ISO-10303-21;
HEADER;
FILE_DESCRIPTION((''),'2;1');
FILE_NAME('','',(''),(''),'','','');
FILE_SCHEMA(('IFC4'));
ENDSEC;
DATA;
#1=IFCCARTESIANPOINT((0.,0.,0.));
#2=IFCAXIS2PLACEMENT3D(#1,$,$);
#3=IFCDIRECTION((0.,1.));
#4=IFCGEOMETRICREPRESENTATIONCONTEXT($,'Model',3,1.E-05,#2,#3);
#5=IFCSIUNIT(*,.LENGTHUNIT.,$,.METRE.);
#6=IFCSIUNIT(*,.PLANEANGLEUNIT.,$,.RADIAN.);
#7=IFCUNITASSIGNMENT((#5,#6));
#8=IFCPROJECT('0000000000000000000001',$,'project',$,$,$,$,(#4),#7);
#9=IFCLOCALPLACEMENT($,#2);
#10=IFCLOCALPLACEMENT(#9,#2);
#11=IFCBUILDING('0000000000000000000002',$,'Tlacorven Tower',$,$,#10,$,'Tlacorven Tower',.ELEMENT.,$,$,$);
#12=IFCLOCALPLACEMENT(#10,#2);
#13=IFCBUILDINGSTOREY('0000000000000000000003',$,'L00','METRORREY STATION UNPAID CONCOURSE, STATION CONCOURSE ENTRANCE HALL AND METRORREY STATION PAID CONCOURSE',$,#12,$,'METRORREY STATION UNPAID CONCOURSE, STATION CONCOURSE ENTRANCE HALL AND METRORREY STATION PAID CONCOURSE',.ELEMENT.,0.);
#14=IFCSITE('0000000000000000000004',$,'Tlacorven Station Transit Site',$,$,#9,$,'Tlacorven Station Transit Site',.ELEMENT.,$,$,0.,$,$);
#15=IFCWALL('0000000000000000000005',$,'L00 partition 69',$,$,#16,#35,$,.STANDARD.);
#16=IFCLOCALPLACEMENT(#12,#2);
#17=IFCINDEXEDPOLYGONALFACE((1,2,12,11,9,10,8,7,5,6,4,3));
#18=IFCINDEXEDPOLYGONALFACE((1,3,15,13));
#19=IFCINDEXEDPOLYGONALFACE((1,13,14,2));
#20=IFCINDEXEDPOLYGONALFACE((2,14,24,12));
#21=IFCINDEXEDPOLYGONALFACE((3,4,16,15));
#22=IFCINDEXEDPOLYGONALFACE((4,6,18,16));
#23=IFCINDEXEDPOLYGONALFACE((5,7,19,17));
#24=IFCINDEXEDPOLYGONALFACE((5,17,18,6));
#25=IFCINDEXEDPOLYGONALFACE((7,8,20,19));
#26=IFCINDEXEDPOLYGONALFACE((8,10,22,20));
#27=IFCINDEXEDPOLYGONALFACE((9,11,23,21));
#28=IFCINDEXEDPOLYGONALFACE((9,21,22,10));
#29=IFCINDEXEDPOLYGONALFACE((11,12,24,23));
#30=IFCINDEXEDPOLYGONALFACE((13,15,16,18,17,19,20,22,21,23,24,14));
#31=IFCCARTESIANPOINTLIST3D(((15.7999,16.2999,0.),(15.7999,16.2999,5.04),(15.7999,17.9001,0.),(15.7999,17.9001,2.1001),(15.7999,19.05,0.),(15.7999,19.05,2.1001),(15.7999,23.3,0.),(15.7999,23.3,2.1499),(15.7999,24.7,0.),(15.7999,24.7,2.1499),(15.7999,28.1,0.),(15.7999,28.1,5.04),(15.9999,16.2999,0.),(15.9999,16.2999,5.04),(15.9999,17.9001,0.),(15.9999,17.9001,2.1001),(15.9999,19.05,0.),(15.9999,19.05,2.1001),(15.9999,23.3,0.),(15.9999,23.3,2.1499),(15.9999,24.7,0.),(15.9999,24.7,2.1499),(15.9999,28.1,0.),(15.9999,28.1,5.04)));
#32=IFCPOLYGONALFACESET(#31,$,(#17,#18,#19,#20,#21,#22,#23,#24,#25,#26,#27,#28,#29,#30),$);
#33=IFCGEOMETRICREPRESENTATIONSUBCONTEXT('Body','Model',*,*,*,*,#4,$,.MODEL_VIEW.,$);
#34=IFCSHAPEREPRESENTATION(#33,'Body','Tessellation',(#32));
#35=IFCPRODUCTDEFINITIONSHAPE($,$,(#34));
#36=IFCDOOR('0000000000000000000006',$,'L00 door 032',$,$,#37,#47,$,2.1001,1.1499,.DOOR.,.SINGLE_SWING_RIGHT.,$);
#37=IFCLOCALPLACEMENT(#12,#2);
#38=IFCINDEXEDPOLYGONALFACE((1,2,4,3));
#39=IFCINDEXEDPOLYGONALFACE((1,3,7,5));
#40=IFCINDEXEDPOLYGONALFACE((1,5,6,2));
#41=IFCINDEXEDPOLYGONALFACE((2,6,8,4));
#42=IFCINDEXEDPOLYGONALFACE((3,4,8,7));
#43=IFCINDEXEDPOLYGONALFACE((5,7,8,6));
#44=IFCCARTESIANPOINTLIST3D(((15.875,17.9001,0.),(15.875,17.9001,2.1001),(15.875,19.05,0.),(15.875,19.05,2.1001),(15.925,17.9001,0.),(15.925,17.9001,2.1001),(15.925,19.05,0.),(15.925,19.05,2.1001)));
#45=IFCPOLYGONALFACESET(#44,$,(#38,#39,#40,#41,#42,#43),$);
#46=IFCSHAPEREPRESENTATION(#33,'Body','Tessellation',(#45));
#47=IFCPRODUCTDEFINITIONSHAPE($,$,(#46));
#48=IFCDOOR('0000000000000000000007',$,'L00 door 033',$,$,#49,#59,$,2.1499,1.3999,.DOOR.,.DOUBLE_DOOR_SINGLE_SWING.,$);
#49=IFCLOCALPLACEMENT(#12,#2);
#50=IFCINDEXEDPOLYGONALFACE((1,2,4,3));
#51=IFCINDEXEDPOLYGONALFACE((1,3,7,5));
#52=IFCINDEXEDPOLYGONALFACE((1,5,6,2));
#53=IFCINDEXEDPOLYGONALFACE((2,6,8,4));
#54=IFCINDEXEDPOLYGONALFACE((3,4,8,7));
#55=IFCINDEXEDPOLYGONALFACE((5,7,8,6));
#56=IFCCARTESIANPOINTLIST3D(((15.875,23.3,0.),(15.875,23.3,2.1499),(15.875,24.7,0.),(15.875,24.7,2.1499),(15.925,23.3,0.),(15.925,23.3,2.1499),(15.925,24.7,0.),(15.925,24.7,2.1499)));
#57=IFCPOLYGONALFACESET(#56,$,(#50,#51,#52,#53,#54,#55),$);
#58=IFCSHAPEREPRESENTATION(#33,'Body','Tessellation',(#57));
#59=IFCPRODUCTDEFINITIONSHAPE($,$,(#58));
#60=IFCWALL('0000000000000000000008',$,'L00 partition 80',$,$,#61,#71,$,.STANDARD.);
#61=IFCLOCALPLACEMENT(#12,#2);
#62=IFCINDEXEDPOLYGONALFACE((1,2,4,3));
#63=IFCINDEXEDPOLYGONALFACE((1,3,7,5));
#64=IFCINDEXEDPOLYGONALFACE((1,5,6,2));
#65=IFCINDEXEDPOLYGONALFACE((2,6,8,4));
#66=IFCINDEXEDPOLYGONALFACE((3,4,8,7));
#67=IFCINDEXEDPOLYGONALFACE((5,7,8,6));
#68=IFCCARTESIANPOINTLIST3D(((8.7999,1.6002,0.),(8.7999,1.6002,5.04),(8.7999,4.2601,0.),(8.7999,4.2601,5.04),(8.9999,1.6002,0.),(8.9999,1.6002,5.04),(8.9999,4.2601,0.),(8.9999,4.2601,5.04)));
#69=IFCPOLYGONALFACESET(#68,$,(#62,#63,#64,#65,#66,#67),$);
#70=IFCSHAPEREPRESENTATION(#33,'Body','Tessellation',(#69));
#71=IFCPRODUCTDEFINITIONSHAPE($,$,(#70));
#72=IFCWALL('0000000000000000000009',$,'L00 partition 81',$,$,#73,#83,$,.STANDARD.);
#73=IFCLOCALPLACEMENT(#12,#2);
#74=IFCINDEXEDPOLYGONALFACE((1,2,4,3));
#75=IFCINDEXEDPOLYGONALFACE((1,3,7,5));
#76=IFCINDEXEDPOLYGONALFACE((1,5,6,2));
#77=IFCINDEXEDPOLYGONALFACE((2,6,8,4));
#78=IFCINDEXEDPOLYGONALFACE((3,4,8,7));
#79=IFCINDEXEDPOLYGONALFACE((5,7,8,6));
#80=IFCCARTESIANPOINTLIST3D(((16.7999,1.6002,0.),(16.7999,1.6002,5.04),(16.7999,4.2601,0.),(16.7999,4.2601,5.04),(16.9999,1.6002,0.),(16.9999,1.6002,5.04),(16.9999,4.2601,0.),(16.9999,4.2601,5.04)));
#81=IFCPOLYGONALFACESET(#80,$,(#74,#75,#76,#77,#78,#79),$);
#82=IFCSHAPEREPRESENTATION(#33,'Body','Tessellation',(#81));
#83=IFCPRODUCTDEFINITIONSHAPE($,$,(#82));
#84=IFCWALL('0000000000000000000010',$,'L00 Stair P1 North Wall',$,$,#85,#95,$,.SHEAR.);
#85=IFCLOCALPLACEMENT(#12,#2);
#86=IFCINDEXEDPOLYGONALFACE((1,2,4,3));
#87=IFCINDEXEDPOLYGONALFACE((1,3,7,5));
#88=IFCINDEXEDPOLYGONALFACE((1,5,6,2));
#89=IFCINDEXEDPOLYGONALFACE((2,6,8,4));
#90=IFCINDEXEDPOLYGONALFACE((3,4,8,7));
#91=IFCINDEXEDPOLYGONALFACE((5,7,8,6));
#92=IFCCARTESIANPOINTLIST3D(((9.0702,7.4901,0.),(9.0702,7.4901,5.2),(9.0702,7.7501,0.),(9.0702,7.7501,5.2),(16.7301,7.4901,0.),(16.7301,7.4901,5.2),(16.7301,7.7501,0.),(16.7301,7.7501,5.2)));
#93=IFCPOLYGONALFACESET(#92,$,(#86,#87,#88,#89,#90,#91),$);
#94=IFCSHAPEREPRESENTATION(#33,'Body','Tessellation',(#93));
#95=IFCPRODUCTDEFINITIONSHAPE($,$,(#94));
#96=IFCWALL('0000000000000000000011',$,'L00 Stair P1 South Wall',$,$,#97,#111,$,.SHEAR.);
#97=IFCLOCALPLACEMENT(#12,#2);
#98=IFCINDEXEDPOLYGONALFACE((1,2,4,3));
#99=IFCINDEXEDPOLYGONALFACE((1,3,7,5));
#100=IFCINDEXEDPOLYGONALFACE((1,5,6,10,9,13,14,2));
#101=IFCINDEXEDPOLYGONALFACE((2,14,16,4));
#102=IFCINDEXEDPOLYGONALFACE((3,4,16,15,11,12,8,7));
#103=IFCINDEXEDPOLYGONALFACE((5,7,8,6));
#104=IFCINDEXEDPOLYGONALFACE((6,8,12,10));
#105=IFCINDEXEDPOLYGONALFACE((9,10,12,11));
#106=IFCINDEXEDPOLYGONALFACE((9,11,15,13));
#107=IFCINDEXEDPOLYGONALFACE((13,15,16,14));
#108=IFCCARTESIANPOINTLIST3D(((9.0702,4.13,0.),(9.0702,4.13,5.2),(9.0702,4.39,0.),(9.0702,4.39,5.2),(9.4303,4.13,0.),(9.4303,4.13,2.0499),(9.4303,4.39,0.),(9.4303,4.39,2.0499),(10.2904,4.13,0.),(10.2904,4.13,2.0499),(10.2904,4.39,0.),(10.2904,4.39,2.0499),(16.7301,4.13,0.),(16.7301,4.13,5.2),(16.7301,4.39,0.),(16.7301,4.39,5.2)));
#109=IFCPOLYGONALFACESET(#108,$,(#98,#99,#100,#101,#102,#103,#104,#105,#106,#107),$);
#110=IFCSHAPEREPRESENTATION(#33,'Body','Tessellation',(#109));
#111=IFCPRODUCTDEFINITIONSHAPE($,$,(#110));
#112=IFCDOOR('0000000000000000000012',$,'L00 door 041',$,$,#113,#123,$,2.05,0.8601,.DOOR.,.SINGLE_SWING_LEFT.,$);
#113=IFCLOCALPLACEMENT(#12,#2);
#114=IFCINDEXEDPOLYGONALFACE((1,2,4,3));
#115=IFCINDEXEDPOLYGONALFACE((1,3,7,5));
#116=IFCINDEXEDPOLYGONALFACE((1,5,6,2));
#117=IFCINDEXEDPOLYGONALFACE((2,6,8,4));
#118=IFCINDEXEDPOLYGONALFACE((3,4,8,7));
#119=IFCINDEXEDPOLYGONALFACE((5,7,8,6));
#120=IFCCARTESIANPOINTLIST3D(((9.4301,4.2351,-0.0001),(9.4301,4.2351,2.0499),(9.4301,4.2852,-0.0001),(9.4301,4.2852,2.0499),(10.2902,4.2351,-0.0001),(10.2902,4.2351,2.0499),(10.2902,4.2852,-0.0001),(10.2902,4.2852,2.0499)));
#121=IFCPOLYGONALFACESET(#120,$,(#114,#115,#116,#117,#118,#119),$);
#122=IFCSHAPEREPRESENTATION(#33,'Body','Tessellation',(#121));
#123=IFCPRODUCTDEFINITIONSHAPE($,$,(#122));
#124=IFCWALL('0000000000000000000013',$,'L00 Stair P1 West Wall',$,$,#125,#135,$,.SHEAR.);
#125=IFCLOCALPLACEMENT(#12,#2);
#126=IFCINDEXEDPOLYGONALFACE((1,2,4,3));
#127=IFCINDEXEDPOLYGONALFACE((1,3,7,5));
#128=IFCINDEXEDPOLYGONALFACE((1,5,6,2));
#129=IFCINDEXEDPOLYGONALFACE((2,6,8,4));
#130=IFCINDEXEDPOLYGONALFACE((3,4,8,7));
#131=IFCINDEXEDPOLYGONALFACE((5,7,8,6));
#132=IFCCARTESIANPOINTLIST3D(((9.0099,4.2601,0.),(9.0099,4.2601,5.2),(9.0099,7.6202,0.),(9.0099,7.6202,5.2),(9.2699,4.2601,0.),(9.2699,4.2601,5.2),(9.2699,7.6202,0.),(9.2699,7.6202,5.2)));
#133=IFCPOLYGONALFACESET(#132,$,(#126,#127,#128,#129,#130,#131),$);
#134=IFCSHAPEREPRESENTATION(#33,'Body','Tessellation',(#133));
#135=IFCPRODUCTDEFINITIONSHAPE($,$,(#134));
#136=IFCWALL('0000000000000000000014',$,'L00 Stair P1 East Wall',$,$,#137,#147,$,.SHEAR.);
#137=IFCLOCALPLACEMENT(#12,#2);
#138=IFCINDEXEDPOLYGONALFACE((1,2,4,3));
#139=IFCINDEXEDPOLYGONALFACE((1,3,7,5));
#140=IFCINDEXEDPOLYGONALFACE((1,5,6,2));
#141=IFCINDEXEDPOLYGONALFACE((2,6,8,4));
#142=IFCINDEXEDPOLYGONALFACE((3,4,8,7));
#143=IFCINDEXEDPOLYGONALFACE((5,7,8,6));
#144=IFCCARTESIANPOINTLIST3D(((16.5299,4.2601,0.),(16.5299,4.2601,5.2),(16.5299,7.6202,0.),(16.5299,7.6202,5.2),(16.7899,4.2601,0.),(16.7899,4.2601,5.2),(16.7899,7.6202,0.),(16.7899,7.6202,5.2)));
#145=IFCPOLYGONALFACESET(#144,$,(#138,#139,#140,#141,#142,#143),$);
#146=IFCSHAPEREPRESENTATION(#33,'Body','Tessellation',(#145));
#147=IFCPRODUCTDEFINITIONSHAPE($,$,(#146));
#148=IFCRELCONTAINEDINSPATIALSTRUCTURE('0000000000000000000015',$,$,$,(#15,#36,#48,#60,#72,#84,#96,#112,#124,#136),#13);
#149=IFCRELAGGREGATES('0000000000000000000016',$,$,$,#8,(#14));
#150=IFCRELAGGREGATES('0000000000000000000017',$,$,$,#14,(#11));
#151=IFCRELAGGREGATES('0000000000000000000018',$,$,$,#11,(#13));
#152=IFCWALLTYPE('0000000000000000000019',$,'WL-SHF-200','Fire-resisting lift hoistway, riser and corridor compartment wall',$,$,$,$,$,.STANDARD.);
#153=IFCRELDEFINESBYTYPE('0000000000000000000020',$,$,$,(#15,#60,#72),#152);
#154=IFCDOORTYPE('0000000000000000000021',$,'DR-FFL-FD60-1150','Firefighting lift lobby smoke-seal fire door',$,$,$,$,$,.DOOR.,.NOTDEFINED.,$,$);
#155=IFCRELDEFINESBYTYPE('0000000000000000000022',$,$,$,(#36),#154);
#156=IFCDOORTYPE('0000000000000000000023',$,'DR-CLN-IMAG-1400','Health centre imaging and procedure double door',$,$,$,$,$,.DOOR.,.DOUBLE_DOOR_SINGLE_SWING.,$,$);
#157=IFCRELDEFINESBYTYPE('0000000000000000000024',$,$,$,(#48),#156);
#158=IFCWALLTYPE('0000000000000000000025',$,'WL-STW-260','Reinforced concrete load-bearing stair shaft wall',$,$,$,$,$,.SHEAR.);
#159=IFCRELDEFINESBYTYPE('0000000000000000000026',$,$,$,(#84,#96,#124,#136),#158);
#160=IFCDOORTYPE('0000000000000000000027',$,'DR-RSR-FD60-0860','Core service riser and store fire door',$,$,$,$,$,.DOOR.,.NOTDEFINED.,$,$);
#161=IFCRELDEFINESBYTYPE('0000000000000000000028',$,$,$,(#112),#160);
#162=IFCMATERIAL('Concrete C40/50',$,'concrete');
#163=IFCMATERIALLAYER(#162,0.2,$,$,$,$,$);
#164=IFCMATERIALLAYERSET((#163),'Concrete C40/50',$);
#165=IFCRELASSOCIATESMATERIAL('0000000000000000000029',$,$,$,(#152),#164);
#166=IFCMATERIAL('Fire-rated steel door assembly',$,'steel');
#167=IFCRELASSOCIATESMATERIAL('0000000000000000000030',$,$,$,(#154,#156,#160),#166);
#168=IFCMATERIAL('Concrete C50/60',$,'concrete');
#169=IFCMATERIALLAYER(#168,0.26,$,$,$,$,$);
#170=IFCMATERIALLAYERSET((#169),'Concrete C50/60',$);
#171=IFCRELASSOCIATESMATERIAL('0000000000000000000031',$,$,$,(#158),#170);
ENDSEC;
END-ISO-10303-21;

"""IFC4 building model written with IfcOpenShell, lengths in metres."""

from ifc_helpers import new_model, si_unit, direction, frame, frame_2d, origin, place, context, subcontext, project, spatial, rectangle, extrude, source, transform, mapped, material, layer, layer_set, type_object, element, fill, save


model = new_model("IFC4")

# Units and contexts
model_context = context("Model", 3, precision=1e-05, world=origin(), true_north=direction((0.0, 1.0)))
body_context = subcontext(model_context, "Body", "Model", "MODEL_VIEW")
ifc_project = project(units=[si_unit("LENGTHUNIT", "METRE"), si_unit("PLANEANGLEUNIT", "RADIAN")], contexts=[model_context])

# Site, building, storey
site_placement = place(None, origin())
site = spatial("IfcSite", under=ifc_project, at=site_placement, Name="Tlacorven Station Transit Site", LongName="Tlacorven Station Transit Site", CompositionType="ELEMENT", RefElevation=0.0)
building_placement = place(site_placement, origin())
building = spatial("IfcBuilding", under=site, at=building_placement, Name="Tlacorven Tower", LongName="Tlacorven Tower", CompositionType="ELEMENT")
storey_placement = place(building_placement, origin())
storey = spatial("IfcBuildingStorey", under=building, at=storey_placement, Name="L00", Description="METRORREY STATION UNPAID CONCOURSE, STATION CONCOURSE ENTRANCE HALL AND METRORREY STATION PAID CONCOURSE", LongName="METRORREY STATION UNPAID CONCOURSE, STATION CONCOURSE ENTRANCE HALL AND METRORREY STATION PAID CONCOURSE", CompositionType="ELEMENT", Elevation=0.0)

# Wall, openings, doors
ifc_material_1 = material(Name="Concrete C40/50", Category="concrete")
ifc_layer_1 = layer(ifc_material_1, 0.2)
ifc_layer_set_1 = layer_set([ifc_layer_1], Name="Concrete C40/50")
wall_type_1 = type_object("IfcWallType", Name="WL-SHF-200", Description="Fire-resisting lift hoistway, riser and corridor compartment wall", PredefinedType="STANDARD", material=ifc_layer_set_1)
wall_1_placement = place(storey_placement, frame((15.8999, 16.3, 0.0), z_axis=(0.0, 0.0, 1.0), x_axis=(0.0, 1.0, 0.0)))
wall_1 = element("IfcWall", 1, at=wall_1_placement, inside=storey, type_object=wall_type_1, Name="L00 partition 69", PredefinedType="STANDARD", context=body_context, shape_type="SweptSolid", body=[
    extrude(rectangle(XDim=11.8, YDim=0.2, at=frame_2d((5.8999, 0.0))), origin(), (0.0, 0.0, 1.0), 5.04),
])
opening_1_placement = place(wall_1_placement, frame((1.6001, 0.0, 0.0)))
opening_1 = element("IfcOpeningElement", 2, at=opening_1_placement, cuts=wall_1, PredefinedType="OPENING", context=body_context, shape_type="SweptSolid", body=[
    extrude(rectangle(XDim=1.1499, YDim=2.1001, at=frame_2d((0.575, 1.05))), frame((0.0, 0.1099, 0.0), z_axis=(0.0, -1.0, 0.0), x_axis=(1.0, 0.0, 0.0)), (0.0, 0.0, 1.0), 0.22),
])
opening_2_placement = place(wall_1_placement, frame((7.0, 0.0, 0.0)))
opening_2 = element("IfcOpeningElement", 3, at=opening_2_placement, cuts=wall_1, PredefinedType="OPENING", context=body_context, shape_type="SweptSolid", body=[
    extrude(rectangle(XDim=1.3999, YDim=2.1499, at=frame_2d((0.7, 1.075))), frame((0.0, 0.1099, 0.0), z_axis=(0.0, -1.0, 0.0), x_axis=(1.0, 0.0, 0.0)), (0.0, 0.0, 1.0), 0.22),
])
ifc_material_2 = material(Name="Fire-rated steel door assembly", Category="steel")
door_type_1 = type_object("IfcDoorType", Name="DR-FFL-FD60-1150", Description="Firefighting lift lobby smoke-seal fire door", OperationType="NOTDEFINED", PredefinedType="DOOR", material=ifc_material_2)
shared_shape_1 = source(origin(), body_context, "Body", "SweptSolid", [
    extrude(rectangle(XDim=1.1499, YDim=2.1001, at=frame_2d((0.575, 1.05))), frame((0.0, 0.0249, 0.0), z_axis=(0.0, -1.0, 0.0), x_axis=(1.0, 0.0, 0.0)), (0.0, 0.0, 1.0), 0.05),
])
door_1_placement = place(opening_1_placement, origin())
door_1 = element("IfcDoor", 4, at=door_1_placement, inside=storey, type_object=door_type_1, Name="L00 door 032", OperationType="SINGLE_SWING_RIGHT", OverallHeight=2.1001, OverallWidth=1.1499, PredefinedType="DOOR", context=body_context, shape_type="MappedRepresentation", body=[
    mapped(shared_shape_1, transform((0.0, 0.0, 0.0), scale=1.0)),
])
fill(opening_1, door_1)
door_type_2 = type_object("IfcDoorType", Name="DR-CLN-IMAG-1400", Description="Health centre imaging and procedure double door", OperationType="DOUBLE_DOOR_SINGLE_SWING", PredefinedType="DOOR", material=ifc_material_2)
shared_shape_2 = source(origin(), body_context, "Body", "SweptSolid", [
    extrude(rectangle(XDim=1.3999, YDim=2.1499, at=frame_2d((0.7, 1.075))), frame((0.0, 0.0249, 0.0), z_axis=(0.0, -1.0, 0.0), x_axis=(1.0, 0.0, 0.0)), (0.0, 0.0, 1.0), 0.05),
])
door_2_placement = place(opening_2_placement, origin())
door_2 = element("IfcDoor", 5, at=door_2_placement, inside=storey, type_object=door_type_2, Name="L00 door 033", OperationType="DOUBLE_DOOR_SINGLE_SWING", OverallHeight=2.1499, OverallWidth=1.3999, PredefinedType="DOOR", context=body_context, shape_type="MappedRepresentation", body=[
    mapped(shared_shape_2, transform((0.0, 0.0, 0.0), scale=1.0)),
])
fill(opening_2, door_2)

# Walls
for number, where, z_axis, x_axis, name in (
    (6, (8.8999, 1.6001, 0.0), (0.0, 0.0, 1.0), (0.0, 1.0, 0.0), "L00 partition 80"),
    (7, (16.8999, 1.6001, 0.0), (0.0, 0.0, 1.0), (0.0, 1.0, 0.0), "L00 partition 81"),
):
    element("IfcWall", number, at=place(storey_placement, frame(where, z_axis=z_axis, x_axis=x_axis)), inside=storey, type_object=wall_type_1, Name=name, PredefinedType="STANDARD", context=body_context, shape_type="SweptSolid", body=[
        extrude(rectangle(XDim=2.6599, YDim=0.2, at=frame_2d((1.3301, 0.0))), origin(), (0.0, 0.0, 1.0), 5.04),
    ])
ifc_material_3 = material(Name="Concrete C50/60", Category="concrete")
ifc_layer_2 = layer(ifc_material_3, 0.26)
ifc_layer_set_2 = layer_set([ifc_layer_2], Name="Concrete C50/60")
wall_type_2 = type_object("IfcWallType", Name="WL-STW-260", Description="Reinforced concrete load-bearing stair shaft wall", PredefinedType="SHEAR", material=ifc_layer_set_2)
wall_2_placement = place(storey_placement, frame((9.0701, 7.6201, 0.0), z_axis=(0.0, 0.0, 1.0), x_axis=(1.0, 0.0, 0.0)))
element("IfcWall", 8, at=wall_2_placement, inside=storey, type_object=wall_type_2, Name="L00 Stair P1 North Wall", PredefinedType="SHEAR", context=body_context, shape_type="SweptSolid", body=[
    extrude(rectangle(XDim=7.6599, YDim=0.26, at=frame_2d((3.8301, 0.0))), origin(), (0.0, 0.0, 1.0), 5.2),
])

# Wall, opening, door
wall_3_placement = place(storey_placement, frame((9.0701, 4.26, 0.0), z_axis=(0.0, 0.0, 1.0), x_axis=(1.0, 0.0, 0.0)))
wall_3 = element("IfcWall", 9, at=wall_3_placement, inside=storey, type_object=wall_type_2, Name="L00 Stair P1 South Wall", PredefinedType="SHEAR", context=body_context, shape_type="SweptSolid", body=[
    extrude(rectangle(XDim=7.6599, YDim=0.26, at=frame_2d((3.8301, 0.0))), origin(), (0.0, 0.0, 1.0), 5.2),
])
opening_3_placement = place(wall_3_placement, frame((0.3601, 0.0, 0.0)))
opening_3 = element("IfcOpeningElement", 10, at=opening_3_placement, cuts=wall_3, PredefinedType="OPENING", context=body_context, shape_type="SweptSolid", body=[
    extrude(rectangle(XDim=0.8601, YDim=2.05, at=frame_2d((0.4302, 1.0249))), frame((0.0, 0.1401, 0.0), z_axis=(0.0, -1.0, 0.0), x_axis=(1.0, 0.0, 0.0)), (0.0, 0.0, 1.0), 0.28),
])
door_type_3 = type_object("IfcDoorType", Name="DR-RSR-FD60-0860", Description="Core service riser and store fire door", OperationType="NOTDEFINED", PredefinedType="DOOR", material=ifc_material_2)
shared_shape_3 = source(origin(), body_context, "Body", "SweptSolid", [
    extrude(rectangle(XDim=0.8601, YDim=2.05, at=frame_2d((0.4302, 1.0249))), frame((0.0, 0.0249, 0.0), z_axis=(0.0, -1.0, 0.0), x_axis=(1.0, 0.0, 0.0)), (0.0, 0.0, 1.0), 0.05),
])
door_3_placement = place(opening_3_placement, frame((0.8601, 0.0, 0.0), z_axis=(0.0, 0.0, 1.0), x_axis=(-1.0, 0.0, 0.0)))
door_3 = element("IfcDoor", 11, at=door_3_placement, inside=storey, type_object=door_type_3, Name="L00 door 041", OperationType="SINGLE_SWING_LEFT", OverallHeight=2.05, OverallWidth=0.8601, PredefinedType="DOOR", context=body_context, shape_type="MappedRepresentation", body=[
    mapped(shared_shape_3, transform((0.0, 0.0, 0.0), scale=1.0)),
])
fill(opening_3, door_3)

# Walls
for number, where, z_axis, x_axis, name in (
    (12, (9.1399, 4.26, 0.0), (0.0, 0.0, 1.0), (0.0, 1.0, 0.0), "L00 Stair P1 West Wall"),
    (13, (16.6599, 4.26, 0.0), (0.0, 0.0, 1.0), (0.0, 1.0, 0.0), "L00 Stair P1 East Wall"),
):
    element("IfcWall", number, at=place(storey_placement, frame(where, z_axis=z_axis, x_axis=x_axis)), inside=storey, type_object=wall_type_2, Name=name, PredefinedType="SHEAR", context=body_context, shape_type="SweptSolid", body=[
        extrude(rectangle(XDim=3.3601, YDim=0.26, at=frame_2d((1.6802, 0.0))), origin(), (0.0, 0.0, 1.0), 5.2),
    ])

save(model, "model.ifc")
